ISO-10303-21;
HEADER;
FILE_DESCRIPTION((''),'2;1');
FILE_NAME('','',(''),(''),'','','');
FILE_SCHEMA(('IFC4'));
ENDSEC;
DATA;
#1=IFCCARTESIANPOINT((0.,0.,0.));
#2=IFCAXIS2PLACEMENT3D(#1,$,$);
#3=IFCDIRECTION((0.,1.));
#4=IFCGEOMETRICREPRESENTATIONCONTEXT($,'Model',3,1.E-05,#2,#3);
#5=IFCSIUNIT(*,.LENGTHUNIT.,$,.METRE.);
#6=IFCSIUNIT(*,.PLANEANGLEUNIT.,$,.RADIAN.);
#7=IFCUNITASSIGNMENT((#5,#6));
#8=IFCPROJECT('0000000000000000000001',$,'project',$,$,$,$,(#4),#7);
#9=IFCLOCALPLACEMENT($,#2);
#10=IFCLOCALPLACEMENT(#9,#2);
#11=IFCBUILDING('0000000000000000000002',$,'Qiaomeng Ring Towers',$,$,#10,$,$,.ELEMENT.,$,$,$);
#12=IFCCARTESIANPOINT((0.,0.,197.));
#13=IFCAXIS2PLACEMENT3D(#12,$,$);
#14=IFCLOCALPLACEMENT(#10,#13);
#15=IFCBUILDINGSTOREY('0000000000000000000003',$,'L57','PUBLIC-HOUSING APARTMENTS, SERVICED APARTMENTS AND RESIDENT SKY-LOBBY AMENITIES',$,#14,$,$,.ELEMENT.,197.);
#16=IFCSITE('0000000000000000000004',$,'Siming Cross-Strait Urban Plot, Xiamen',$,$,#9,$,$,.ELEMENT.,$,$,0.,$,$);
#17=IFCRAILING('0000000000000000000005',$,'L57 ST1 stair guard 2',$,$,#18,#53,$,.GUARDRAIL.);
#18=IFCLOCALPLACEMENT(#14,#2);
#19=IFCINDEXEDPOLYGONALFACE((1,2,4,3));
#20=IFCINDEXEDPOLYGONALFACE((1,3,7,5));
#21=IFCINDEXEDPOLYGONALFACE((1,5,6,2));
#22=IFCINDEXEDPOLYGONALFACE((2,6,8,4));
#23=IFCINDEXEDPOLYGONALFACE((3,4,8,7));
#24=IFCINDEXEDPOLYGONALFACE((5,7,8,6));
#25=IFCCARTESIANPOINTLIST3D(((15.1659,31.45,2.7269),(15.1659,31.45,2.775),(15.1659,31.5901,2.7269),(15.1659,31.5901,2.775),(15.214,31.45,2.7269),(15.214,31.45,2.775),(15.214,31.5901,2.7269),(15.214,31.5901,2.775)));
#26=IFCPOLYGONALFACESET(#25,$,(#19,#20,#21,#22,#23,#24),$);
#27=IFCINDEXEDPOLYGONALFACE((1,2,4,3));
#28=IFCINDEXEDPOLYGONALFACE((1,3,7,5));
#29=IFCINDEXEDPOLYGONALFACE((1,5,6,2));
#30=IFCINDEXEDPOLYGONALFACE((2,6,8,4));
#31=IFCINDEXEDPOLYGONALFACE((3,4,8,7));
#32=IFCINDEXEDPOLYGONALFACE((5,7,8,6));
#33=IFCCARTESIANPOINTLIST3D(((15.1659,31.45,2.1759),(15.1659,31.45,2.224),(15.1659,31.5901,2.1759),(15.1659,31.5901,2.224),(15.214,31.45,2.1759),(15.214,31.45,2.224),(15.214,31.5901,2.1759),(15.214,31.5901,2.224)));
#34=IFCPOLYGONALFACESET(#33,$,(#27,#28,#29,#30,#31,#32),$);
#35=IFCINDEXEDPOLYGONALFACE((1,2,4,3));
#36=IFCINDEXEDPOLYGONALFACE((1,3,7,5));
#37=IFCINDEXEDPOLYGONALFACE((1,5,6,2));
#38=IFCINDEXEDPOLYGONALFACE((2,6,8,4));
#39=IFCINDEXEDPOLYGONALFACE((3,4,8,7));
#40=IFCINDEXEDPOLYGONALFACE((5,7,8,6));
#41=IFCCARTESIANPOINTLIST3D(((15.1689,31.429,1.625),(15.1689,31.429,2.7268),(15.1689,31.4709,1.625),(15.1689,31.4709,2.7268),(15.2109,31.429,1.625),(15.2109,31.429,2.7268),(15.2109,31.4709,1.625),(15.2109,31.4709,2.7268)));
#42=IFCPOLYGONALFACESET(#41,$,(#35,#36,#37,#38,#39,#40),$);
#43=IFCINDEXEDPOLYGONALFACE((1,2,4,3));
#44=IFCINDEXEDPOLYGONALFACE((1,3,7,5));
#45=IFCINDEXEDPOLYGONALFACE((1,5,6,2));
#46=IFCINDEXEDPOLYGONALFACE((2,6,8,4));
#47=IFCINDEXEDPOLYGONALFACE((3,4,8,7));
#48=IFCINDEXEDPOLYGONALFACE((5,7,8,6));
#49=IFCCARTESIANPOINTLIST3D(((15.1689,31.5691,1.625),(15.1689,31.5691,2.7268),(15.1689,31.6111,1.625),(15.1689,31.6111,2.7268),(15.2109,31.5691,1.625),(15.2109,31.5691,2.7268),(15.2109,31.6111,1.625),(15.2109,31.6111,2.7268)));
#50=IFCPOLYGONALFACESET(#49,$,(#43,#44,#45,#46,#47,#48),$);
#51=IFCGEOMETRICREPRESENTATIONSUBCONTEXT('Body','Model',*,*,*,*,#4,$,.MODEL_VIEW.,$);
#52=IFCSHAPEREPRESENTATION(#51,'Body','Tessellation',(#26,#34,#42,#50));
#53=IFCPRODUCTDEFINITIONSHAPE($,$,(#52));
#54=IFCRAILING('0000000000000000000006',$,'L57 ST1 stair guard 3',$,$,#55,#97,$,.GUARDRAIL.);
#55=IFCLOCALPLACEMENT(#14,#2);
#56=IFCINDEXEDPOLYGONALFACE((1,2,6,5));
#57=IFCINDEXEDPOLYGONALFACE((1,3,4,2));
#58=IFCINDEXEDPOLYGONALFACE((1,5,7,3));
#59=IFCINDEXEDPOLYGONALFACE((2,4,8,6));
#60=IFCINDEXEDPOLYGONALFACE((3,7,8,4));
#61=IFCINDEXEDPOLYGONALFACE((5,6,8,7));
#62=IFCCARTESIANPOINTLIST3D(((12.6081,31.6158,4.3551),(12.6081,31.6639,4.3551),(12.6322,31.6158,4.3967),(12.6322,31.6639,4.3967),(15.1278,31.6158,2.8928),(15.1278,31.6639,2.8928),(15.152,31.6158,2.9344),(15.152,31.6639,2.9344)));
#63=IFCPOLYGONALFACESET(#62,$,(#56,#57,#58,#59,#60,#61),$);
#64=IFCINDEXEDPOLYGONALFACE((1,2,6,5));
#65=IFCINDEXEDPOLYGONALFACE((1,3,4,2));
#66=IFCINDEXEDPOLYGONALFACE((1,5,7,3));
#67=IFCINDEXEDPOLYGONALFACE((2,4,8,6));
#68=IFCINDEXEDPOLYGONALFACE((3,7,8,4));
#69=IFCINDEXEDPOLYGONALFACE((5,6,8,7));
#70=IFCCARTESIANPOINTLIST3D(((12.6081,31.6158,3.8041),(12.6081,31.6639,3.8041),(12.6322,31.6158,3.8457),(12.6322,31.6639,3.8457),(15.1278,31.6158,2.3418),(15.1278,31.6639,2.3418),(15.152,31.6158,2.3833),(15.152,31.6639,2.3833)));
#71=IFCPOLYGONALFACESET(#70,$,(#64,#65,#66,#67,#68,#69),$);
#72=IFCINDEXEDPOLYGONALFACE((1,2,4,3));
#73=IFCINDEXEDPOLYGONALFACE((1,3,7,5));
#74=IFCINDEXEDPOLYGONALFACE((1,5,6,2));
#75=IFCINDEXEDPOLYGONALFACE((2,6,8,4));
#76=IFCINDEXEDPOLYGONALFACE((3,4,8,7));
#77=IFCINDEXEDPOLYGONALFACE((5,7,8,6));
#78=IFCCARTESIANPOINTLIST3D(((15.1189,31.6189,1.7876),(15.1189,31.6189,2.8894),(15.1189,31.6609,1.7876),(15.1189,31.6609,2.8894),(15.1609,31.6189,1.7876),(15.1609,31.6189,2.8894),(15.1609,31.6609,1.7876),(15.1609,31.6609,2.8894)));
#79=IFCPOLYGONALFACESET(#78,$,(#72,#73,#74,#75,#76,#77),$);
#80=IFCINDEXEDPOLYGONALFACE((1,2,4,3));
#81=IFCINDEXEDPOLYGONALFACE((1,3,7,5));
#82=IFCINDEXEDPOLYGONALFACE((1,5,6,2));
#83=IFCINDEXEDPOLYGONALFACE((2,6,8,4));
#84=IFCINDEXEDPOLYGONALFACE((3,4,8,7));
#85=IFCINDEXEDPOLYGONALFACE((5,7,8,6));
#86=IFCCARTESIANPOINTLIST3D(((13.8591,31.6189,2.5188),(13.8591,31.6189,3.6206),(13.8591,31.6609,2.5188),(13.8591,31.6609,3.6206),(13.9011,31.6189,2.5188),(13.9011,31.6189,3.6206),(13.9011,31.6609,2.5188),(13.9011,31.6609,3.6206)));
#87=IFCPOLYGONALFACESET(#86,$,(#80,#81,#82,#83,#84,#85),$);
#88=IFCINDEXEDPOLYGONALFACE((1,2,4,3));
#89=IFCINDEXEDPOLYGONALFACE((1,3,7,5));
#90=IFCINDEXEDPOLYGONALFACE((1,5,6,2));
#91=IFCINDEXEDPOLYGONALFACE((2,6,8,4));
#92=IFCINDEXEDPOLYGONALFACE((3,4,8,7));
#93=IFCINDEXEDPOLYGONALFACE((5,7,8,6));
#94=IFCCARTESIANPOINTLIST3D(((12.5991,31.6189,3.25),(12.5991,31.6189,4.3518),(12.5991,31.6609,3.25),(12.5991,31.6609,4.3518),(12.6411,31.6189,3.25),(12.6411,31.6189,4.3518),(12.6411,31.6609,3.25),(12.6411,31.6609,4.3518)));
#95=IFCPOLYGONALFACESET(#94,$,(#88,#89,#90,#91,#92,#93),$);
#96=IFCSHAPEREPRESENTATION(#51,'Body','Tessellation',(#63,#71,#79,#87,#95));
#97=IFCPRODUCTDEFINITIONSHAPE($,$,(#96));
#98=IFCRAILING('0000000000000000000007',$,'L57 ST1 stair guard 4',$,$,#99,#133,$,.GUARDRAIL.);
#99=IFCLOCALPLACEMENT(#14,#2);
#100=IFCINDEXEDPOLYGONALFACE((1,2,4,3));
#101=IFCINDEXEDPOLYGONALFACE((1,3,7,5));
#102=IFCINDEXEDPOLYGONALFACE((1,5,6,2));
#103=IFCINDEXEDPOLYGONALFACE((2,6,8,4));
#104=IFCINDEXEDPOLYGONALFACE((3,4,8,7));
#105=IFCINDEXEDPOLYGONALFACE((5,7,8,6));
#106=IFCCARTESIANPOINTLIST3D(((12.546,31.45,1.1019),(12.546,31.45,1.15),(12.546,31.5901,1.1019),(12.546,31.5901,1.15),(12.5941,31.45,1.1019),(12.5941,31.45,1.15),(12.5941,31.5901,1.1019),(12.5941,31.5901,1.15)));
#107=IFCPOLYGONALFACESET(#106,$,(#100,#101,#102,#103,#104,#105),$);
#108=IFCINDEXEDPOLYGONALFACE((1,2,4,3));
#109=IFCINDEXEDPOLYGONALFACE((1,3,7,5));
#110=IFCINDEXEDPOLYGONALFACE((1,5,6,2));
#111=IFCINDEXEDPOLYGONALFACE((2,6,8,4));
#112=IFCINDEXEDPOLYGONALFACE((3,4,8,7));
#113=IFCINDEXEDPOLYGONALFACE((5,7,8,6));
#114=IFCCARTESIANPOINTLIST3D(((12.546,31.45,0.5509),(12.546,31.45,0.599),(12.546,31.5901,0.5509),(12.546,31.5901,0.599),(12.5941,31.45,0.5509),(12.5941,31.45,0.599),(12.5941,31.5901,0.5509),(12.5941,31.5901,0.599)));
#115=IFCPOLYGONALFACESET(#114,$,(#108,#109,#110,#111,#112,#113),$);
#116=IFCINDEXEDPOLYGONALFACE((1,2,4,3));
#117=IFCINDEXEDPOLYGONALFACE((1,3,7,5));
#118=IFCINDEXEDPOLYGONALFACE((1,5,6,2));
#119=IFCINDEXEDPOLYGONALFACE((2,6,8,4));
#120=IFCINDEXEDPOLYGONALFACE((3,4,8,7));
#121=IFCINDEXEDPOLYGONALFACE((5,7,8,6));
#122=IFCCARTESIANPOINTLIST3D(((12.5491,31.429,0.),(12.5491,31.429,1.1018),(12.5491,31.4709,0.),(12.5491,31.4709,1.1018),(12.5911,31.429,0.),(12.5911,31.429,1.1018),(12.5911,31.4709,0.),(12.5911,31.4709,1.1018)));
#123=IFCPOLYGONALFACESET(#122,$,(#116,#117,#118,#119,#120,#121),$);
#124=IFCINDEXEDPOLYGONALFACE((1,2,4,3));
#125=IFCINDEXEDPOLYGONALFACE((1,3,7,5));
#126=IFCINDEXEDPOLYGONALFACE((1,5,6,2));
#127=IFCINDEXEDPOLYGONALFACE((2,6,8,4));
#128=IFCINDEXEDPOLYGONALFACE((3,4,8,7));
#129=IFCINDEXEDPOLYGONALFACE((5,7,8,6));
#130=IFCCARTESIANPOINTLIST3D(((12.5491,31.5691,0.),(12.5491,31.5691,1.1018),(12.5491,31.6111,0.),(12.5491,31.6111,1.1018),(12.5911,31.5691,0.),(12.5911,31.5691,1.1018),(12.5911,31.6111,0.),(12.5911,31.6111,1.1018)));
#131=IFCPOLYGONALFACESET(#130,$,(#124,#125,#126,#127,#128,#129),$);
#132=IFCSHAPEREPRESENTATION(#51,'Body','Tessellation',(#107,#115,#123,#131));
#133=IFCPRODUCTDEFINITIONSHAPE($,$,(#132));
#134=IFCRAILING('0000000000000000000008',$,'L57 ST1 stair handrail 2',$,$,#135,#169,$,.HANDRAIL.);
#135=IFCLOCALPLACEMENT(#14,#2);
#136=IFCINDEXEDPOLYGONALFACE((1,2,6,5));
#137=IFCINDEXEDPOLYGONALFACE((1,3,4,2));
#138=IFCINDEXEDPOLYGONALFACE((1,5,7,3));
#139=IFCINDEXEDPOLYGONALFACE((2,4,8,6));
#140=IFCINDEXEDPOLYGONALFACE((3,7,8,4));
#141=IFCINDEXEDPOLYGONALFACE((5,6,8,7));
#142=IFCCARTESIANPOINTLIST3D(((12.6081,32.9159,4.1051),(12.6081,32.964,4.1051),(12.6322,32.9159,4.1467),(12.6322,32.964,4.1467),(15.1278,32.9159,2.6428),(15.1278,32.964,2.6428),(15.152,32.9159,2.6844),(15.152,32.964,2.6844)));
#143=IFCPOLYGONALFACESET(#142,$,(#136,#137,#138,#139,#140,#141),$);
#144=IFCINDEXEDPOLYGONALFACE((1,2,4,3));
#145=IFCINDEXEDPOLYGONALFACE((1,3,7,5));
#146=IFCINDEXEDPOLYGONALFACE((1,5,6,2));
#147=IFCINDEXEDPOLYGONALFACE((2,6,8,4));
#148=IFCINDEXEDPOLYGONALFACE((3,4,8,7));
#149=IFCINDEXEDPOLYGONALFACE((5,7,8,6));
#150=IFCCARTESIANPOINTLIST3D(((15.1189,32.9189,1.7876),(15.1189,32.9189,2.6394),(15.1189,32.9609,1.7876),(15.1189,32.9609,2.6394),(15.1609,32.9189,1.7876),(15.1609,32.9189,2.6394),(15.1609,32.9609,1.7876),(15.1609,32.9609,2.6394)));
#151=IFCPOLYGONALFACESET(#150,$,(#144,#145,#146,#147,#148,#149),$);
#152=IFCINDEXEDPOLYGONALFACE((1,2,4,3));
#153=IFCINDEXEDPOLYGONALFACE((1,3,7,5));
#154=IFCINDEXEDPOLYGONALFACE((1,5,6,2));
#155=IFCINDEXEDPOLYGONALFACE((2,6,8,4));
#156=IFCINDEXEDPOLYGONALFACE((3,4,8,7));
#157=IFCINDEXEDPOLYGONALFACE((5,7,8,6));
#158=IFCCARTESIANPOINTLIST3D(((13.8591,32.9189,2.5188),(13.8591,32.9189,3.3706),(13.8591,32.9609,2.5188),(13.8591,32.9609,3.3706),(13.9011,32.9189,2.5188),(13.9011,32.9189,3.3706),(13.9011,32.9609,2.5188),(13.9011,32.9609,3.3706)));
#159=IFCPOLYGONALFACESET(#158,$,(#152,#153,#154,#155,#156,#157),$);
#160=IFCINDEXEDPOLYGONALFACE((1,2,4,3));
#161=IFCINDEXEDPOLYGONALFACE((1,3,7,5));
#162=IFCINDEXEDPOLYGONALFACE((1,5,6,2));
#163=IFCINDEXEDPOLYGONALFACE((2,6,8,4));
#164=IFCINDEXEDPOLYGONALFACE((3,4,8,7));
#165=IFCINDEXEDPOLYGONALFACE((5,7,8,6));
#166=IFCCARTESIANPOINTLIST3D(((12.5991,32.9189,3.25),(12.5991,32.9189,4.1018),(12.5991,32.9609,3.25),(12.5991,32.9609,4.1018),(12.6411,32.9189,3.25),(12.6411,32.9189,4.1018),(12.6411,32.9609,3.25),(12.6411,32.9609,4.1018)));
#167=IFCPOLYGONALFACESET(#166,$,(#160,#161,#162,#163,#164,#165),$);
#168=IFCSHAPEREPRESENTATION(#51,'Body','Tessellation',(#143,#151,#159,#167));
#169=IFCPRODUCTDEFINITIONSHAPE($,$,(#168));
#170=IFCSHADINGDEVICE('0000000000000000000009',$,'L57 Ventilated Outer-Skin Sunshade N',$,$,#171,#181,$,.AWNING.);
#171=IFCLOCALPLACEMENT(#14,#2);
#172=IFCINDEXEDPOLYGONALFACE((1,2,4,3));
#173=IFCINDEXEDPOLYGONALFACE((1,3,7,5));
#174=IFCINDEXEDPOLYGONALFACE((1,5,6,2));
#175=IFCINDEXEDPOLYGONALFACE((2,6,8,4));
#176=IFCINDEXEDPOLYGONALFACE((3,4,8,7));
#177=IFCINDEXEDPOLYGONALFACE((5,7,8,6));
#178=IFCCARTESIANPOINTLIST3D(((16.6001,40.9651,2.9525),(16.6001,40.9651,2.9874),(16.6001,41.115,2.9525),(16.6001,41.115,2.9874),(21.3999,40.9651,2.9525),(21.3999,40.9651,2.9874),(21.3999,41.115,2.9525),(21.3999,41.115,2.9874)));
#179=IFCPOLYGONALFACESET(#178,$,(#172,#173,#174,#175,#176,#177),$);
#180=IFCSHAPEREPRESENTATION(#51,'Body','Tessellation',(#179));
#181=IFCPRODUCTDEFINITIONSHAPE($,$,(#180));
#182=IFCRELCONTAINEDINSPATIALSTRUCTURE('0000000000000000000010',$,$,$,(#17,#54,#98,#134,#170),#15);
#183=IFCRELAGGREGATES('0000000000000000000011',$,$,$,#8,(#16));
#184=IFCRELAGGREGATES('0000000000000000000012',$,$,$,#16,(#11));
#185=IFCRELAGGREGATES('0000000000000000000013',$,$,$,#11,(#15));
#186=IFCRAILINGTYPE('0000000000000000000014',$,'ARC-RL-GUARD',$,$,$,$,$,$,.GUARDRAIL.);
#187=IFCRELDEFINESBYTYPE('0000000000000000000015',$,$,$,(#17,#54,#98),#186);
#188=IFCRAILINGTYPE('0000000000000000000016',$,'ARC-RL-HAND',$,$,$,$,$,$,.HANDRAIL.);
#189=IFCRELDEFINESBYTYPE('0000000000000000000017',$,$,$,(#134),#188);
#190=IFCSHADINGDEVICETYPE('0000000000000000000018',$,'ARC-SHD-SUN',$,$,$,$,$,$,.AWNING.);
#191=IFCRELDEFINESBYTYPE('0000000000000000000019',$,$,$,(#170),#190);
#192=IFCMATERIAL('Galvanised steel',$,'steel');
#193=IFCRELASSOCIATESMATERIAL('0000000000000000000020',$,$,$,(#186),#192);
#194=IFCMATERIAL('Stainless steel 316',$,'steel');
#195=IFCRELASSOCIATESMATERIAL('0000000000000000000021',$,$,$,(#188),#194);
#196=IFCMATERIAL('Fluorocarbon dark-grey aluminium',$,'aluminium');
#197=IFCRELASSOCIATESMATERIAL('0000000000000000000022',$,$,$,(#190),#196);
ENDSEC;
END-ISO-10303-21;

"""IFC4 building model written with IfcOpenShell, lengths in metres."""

from ifc_helpers import new_model, si_unit, direction, frame, origin, origin_2d, place, context, subcontext, project, spatial, rectangle, extrude, source, transform, mapped, material, material_profile, profile_set, type_object, element, save


model = new_model("IFC4")

# Units and contexts
model_context = context("Model", 3, precision=1e-05, world=origin(), true_north=direction((0.0, 1.0)))
body_context = subcontext(model_context, "Body", "Model", "MODEL_VIEW")
ifc_project = project(units=[si_unit("LENGTHUNIT", "METRE"), si_unit("PLANEANGLEUNIT", "RADIAN")], contexts=[model_context])

# Site, building, storey
site_placement = place(None, origin())
site = spatial("IfcSite", under=ifc_project, at=site_placement, Name="Siming Cross-Strait Urban Plot, Xiamen", CompositionType="ELEMENT", RefElevation=0.0)
building_placement = place(site_placement, origin())
building = spatial("IfcBuilding", under=site, at=building_placement, Name="Qiaomeng Ring Towers", CompositionType="ELEMENT")
storey_placement = place(building_placement, frame((0.0, 0.0, 197.0)))
storey = spatial("IfcBuildingStorey", under=building, at=storey_placement, Name="L57", Description="PUBLIC-HOUSING APARTMENTS, SERVICED APARTMENTS AND RESIDENT SKY-LOBBY AMENITIES", CompositionType="ELEMENT", Elevation=197.0)

# Shared definitions
ifc_material_1 = material(Name="Galvanised steel", Category="steel")

# Railings
railing_type_1 = type_object("IfcRailingType", Name="ARC-RL-GUARD", PredefinedType="GUARDRAIL", material=ifc_material_1)
railing_1_placement = place(storey_placement, frame((15.1899, 31.45, 1.625)))
element("IfcRailing", 1, at=railing_1_placement, inside=storey, type_object=railing_type_1, Name="L57 ST1 stair guard 2", PredefinedType="GUARDRAIL", context=body_context, shape_type="SweptSolid", body=[
    extrude(rectangle(XDim=0.0481, YDim=0.0481, at=origin_2d()), frame((0.0, 0.0, 1.126), z_axis=(0.0, 1.0, 0.0), x_axis=(-1.0, 0.0, 0.0)), (0.0, 0.0, 1.0), 0.1401),
    extrude(rectangle(XDim=0.0481, YDim=0.0481, at=origin_2d()), frame((0.0, 0.0, 0.575), z_axis=(0.0, 1.0, 0.0), x_axis=(-1.0, 0.0, 0.0)), (0.0, 0.0, 1.0), 0.1401),
    extrude(rectangle(XDim=0.042, YDim=0.042, at=origin_2d()), origin(), (0.0, 0.0, 1.0), 1.1018),
    extrude(rectangle(XDim=0.042, YDim=0.042, at=origin_2d()), frame((0.0, 0.1401, 0.0)), (0.0, 0.0, 1.0), 1.1018),
])
railing_2_placement = place(storey_placement, frame((15.1399, 31.6399, 1.7876)))
element("IfcRailing", 2, at=railing_2_placement, inside=storey, type_object=railing_type_1, Name="L57 ST1 stair guard 3", PredefinedType="GUARDRAIL", context=body_context, shape_type="SweptSolid", body=[
    extrude(rectangle(XDim=0.0481, YDim=0.0481, at=origin_2d()), frame((0.0, 0.0, 1.126), z_axis=(-0.864892, 0.0, 0.501958), x_axis=(0.0, -1.0, 0.0)), (0.0, 0.0, 1.0), 2.9133),
    extrude(rectangle(XDim=0.0481, YDim=0.0481, at=origin_2d()), frame((0.0, 0.0, 0.575), z_axis=(-0.864892, 0.0, 0.501958), x_axis=(0.0, -1.0, 0.0)), (0.0, 0.0, 1.0), 2.9133),
    extrude(rectangle(XDim=0.042, YDim=0.042, at=origin_2d()), origin(), (0.0, 0.0, 1.0), 1.1018),
    extrude(rectangle(XDim=0.042, YDim=0.042, at=origin_2d()), frame((-1.2598, 0.0, 0.7312)), (0.0, 0.0, 1.0), 1.1018),
    extrude(rectangle(XDim=0.042, YDim=0.042, at=origin_2d()), frame((-2.5198, 0.0, 1.4624)), (0.0, 0.0, 1.0), 1.1018),
])
railing_3_placement = place(storey_placement, frame((12.5701, 31.45, 0.0)))
element("IfcRailing", 3, at=railing_3_placement, inside=storey, type_object=railing_type_1, Name="L57 ST1 stair guard 4", PredefinedType="GUARDRAIL", context=body_context, shape_type="SweptSolid", body=[
    extrude(rectangle(XDim=0.0481, YDim=0.0481, at=origin_2d()), frame((0.0, 0.0, 1.126), z_axis=(0.0, 1.0, 0.0), x_axis=(-1.0, 0.0, 0.0)), (0.0, 0.0, 1.0), 0.1401),
    extrude(rectangle(XDim=0.0481, YDim=0.0481, at=origin_2d()), frame((0.0, 0.0, 0.575), z_axis=(0.0, 1.0, 0.0), x_axis=(-1.0, 0.0, 0.0)), (0.0, 0.0, 1.0), 0.1401),
    extrude(rectangle(XDim=0.042, YDim=0.042, at=origin_2d()), origin(), (0.0, 0.0, 1.0), 1.1018),
    extrude(rectangle(XDim=0.042, YDim=0.042, at=origin_2d()), frame((0.0, 0.1401, 0.0)), (0.0, 0.0, 1.0), 1.1018),
])
ifc_material_2 = material(Name="Stainless steel 316", Category="steel")
railing_type_2 = type_object("IfcRailingType", Name="ARC-RL-HAND", PredefinedType="HANDRAIL", material=ifc_material_2)
railing_4_placement = place(storey_placement, frame((15.1399, 32.9399, 1.7876)))
element("IfcRailing", 4, at=railing_4_placement, inside=storey, type_object=railing_type_2, Name="L57 ST1 stair handrail 2", PredefinedType="HANDRAIL", context=body_context, shape_type="SweptSolid", body=[
    extrude(rectangle(XDim=0.0481, YDim=0.0481, at=origin_2d()), frame((0.0, 0.0, 0.876), z_axis=(-0.864892, 0.0, 0.501958), x_axis=(0.0, -1.0, 0.0)), (0.0, 0.0, 1.0), 2.9133),
    extrude(rectangle(XDim=0.042, YDim=0.042, at=origin_2d()), origin(), (0.0, 0.0, 1.0), 0.8518),
    extrude(rectangle(XDim=0.042, YDim=0.042, at=origin_2d()), frame((-1.2598, 0.0, 0.7312)), (0.0, 0.0, 1.0), 0.8518),
    extrude(rectangle(XDim=0.042, YDim=0.042, at=origin_2d()), frame((-2.5198, 0.0, 1.4624)), (0.0, 0.0, 1.0), 0.8518),
])

# Shading device
ifc_material_3 = material(Name="Fluorocarbon dark-grey aluminium", Category="aluminium")
ifc_material_profile_1 = material_profile(ifc_material_3, rectangle(XDim=0.1499, YDim=0.0349, at=origin_2d()), Name="LV BLADE 150x35")
ifc_profile_set_1 = profile_set([ifc_material_profile_1], Name="Fluorocarbon dark-grey aluminium")
shading_device_type = type_object("IfcShadingDeviceType", Name="ARC-SHD-SUN", PredefinedType="AWNING", material=ifc_profile_set_1)
shared_shape_1 = source(origin(), body_context, "Body", "SweptSolid", [
    extrude(rectangle(XDim=0.1499, YDim=0.0349, at=origin_2d()), origin(), (0.0, 0.0, 1.0), 4.7998),
])
shading_device_placement = place(storey_placement, frame((16.6001, 41.04, 2.97), z_axis=(1.0, 0.0, 0.0), x_axis=(0.0, 1.0, 0.0)))
element("IfcShadingDevice", 5, at=shading_device_placement, inside=storey, type_object=shading_device_type, Name="L57 Ventilated Outer-Skin Sunshade N", PredefinedType="AWNING", context=body_context, shape_type="MappedRepresentation", body=[
    mapped(shared_shape_1, transform((0.0, 0.0, 0.0), x_axis=(1.0, 0.0, 0.0), y_axis=(0.0, 1.0, 0.0), z_axis=(0.0, 0.0, 1.0), scale=1.0)),
])

save(model, "model.ifc")
